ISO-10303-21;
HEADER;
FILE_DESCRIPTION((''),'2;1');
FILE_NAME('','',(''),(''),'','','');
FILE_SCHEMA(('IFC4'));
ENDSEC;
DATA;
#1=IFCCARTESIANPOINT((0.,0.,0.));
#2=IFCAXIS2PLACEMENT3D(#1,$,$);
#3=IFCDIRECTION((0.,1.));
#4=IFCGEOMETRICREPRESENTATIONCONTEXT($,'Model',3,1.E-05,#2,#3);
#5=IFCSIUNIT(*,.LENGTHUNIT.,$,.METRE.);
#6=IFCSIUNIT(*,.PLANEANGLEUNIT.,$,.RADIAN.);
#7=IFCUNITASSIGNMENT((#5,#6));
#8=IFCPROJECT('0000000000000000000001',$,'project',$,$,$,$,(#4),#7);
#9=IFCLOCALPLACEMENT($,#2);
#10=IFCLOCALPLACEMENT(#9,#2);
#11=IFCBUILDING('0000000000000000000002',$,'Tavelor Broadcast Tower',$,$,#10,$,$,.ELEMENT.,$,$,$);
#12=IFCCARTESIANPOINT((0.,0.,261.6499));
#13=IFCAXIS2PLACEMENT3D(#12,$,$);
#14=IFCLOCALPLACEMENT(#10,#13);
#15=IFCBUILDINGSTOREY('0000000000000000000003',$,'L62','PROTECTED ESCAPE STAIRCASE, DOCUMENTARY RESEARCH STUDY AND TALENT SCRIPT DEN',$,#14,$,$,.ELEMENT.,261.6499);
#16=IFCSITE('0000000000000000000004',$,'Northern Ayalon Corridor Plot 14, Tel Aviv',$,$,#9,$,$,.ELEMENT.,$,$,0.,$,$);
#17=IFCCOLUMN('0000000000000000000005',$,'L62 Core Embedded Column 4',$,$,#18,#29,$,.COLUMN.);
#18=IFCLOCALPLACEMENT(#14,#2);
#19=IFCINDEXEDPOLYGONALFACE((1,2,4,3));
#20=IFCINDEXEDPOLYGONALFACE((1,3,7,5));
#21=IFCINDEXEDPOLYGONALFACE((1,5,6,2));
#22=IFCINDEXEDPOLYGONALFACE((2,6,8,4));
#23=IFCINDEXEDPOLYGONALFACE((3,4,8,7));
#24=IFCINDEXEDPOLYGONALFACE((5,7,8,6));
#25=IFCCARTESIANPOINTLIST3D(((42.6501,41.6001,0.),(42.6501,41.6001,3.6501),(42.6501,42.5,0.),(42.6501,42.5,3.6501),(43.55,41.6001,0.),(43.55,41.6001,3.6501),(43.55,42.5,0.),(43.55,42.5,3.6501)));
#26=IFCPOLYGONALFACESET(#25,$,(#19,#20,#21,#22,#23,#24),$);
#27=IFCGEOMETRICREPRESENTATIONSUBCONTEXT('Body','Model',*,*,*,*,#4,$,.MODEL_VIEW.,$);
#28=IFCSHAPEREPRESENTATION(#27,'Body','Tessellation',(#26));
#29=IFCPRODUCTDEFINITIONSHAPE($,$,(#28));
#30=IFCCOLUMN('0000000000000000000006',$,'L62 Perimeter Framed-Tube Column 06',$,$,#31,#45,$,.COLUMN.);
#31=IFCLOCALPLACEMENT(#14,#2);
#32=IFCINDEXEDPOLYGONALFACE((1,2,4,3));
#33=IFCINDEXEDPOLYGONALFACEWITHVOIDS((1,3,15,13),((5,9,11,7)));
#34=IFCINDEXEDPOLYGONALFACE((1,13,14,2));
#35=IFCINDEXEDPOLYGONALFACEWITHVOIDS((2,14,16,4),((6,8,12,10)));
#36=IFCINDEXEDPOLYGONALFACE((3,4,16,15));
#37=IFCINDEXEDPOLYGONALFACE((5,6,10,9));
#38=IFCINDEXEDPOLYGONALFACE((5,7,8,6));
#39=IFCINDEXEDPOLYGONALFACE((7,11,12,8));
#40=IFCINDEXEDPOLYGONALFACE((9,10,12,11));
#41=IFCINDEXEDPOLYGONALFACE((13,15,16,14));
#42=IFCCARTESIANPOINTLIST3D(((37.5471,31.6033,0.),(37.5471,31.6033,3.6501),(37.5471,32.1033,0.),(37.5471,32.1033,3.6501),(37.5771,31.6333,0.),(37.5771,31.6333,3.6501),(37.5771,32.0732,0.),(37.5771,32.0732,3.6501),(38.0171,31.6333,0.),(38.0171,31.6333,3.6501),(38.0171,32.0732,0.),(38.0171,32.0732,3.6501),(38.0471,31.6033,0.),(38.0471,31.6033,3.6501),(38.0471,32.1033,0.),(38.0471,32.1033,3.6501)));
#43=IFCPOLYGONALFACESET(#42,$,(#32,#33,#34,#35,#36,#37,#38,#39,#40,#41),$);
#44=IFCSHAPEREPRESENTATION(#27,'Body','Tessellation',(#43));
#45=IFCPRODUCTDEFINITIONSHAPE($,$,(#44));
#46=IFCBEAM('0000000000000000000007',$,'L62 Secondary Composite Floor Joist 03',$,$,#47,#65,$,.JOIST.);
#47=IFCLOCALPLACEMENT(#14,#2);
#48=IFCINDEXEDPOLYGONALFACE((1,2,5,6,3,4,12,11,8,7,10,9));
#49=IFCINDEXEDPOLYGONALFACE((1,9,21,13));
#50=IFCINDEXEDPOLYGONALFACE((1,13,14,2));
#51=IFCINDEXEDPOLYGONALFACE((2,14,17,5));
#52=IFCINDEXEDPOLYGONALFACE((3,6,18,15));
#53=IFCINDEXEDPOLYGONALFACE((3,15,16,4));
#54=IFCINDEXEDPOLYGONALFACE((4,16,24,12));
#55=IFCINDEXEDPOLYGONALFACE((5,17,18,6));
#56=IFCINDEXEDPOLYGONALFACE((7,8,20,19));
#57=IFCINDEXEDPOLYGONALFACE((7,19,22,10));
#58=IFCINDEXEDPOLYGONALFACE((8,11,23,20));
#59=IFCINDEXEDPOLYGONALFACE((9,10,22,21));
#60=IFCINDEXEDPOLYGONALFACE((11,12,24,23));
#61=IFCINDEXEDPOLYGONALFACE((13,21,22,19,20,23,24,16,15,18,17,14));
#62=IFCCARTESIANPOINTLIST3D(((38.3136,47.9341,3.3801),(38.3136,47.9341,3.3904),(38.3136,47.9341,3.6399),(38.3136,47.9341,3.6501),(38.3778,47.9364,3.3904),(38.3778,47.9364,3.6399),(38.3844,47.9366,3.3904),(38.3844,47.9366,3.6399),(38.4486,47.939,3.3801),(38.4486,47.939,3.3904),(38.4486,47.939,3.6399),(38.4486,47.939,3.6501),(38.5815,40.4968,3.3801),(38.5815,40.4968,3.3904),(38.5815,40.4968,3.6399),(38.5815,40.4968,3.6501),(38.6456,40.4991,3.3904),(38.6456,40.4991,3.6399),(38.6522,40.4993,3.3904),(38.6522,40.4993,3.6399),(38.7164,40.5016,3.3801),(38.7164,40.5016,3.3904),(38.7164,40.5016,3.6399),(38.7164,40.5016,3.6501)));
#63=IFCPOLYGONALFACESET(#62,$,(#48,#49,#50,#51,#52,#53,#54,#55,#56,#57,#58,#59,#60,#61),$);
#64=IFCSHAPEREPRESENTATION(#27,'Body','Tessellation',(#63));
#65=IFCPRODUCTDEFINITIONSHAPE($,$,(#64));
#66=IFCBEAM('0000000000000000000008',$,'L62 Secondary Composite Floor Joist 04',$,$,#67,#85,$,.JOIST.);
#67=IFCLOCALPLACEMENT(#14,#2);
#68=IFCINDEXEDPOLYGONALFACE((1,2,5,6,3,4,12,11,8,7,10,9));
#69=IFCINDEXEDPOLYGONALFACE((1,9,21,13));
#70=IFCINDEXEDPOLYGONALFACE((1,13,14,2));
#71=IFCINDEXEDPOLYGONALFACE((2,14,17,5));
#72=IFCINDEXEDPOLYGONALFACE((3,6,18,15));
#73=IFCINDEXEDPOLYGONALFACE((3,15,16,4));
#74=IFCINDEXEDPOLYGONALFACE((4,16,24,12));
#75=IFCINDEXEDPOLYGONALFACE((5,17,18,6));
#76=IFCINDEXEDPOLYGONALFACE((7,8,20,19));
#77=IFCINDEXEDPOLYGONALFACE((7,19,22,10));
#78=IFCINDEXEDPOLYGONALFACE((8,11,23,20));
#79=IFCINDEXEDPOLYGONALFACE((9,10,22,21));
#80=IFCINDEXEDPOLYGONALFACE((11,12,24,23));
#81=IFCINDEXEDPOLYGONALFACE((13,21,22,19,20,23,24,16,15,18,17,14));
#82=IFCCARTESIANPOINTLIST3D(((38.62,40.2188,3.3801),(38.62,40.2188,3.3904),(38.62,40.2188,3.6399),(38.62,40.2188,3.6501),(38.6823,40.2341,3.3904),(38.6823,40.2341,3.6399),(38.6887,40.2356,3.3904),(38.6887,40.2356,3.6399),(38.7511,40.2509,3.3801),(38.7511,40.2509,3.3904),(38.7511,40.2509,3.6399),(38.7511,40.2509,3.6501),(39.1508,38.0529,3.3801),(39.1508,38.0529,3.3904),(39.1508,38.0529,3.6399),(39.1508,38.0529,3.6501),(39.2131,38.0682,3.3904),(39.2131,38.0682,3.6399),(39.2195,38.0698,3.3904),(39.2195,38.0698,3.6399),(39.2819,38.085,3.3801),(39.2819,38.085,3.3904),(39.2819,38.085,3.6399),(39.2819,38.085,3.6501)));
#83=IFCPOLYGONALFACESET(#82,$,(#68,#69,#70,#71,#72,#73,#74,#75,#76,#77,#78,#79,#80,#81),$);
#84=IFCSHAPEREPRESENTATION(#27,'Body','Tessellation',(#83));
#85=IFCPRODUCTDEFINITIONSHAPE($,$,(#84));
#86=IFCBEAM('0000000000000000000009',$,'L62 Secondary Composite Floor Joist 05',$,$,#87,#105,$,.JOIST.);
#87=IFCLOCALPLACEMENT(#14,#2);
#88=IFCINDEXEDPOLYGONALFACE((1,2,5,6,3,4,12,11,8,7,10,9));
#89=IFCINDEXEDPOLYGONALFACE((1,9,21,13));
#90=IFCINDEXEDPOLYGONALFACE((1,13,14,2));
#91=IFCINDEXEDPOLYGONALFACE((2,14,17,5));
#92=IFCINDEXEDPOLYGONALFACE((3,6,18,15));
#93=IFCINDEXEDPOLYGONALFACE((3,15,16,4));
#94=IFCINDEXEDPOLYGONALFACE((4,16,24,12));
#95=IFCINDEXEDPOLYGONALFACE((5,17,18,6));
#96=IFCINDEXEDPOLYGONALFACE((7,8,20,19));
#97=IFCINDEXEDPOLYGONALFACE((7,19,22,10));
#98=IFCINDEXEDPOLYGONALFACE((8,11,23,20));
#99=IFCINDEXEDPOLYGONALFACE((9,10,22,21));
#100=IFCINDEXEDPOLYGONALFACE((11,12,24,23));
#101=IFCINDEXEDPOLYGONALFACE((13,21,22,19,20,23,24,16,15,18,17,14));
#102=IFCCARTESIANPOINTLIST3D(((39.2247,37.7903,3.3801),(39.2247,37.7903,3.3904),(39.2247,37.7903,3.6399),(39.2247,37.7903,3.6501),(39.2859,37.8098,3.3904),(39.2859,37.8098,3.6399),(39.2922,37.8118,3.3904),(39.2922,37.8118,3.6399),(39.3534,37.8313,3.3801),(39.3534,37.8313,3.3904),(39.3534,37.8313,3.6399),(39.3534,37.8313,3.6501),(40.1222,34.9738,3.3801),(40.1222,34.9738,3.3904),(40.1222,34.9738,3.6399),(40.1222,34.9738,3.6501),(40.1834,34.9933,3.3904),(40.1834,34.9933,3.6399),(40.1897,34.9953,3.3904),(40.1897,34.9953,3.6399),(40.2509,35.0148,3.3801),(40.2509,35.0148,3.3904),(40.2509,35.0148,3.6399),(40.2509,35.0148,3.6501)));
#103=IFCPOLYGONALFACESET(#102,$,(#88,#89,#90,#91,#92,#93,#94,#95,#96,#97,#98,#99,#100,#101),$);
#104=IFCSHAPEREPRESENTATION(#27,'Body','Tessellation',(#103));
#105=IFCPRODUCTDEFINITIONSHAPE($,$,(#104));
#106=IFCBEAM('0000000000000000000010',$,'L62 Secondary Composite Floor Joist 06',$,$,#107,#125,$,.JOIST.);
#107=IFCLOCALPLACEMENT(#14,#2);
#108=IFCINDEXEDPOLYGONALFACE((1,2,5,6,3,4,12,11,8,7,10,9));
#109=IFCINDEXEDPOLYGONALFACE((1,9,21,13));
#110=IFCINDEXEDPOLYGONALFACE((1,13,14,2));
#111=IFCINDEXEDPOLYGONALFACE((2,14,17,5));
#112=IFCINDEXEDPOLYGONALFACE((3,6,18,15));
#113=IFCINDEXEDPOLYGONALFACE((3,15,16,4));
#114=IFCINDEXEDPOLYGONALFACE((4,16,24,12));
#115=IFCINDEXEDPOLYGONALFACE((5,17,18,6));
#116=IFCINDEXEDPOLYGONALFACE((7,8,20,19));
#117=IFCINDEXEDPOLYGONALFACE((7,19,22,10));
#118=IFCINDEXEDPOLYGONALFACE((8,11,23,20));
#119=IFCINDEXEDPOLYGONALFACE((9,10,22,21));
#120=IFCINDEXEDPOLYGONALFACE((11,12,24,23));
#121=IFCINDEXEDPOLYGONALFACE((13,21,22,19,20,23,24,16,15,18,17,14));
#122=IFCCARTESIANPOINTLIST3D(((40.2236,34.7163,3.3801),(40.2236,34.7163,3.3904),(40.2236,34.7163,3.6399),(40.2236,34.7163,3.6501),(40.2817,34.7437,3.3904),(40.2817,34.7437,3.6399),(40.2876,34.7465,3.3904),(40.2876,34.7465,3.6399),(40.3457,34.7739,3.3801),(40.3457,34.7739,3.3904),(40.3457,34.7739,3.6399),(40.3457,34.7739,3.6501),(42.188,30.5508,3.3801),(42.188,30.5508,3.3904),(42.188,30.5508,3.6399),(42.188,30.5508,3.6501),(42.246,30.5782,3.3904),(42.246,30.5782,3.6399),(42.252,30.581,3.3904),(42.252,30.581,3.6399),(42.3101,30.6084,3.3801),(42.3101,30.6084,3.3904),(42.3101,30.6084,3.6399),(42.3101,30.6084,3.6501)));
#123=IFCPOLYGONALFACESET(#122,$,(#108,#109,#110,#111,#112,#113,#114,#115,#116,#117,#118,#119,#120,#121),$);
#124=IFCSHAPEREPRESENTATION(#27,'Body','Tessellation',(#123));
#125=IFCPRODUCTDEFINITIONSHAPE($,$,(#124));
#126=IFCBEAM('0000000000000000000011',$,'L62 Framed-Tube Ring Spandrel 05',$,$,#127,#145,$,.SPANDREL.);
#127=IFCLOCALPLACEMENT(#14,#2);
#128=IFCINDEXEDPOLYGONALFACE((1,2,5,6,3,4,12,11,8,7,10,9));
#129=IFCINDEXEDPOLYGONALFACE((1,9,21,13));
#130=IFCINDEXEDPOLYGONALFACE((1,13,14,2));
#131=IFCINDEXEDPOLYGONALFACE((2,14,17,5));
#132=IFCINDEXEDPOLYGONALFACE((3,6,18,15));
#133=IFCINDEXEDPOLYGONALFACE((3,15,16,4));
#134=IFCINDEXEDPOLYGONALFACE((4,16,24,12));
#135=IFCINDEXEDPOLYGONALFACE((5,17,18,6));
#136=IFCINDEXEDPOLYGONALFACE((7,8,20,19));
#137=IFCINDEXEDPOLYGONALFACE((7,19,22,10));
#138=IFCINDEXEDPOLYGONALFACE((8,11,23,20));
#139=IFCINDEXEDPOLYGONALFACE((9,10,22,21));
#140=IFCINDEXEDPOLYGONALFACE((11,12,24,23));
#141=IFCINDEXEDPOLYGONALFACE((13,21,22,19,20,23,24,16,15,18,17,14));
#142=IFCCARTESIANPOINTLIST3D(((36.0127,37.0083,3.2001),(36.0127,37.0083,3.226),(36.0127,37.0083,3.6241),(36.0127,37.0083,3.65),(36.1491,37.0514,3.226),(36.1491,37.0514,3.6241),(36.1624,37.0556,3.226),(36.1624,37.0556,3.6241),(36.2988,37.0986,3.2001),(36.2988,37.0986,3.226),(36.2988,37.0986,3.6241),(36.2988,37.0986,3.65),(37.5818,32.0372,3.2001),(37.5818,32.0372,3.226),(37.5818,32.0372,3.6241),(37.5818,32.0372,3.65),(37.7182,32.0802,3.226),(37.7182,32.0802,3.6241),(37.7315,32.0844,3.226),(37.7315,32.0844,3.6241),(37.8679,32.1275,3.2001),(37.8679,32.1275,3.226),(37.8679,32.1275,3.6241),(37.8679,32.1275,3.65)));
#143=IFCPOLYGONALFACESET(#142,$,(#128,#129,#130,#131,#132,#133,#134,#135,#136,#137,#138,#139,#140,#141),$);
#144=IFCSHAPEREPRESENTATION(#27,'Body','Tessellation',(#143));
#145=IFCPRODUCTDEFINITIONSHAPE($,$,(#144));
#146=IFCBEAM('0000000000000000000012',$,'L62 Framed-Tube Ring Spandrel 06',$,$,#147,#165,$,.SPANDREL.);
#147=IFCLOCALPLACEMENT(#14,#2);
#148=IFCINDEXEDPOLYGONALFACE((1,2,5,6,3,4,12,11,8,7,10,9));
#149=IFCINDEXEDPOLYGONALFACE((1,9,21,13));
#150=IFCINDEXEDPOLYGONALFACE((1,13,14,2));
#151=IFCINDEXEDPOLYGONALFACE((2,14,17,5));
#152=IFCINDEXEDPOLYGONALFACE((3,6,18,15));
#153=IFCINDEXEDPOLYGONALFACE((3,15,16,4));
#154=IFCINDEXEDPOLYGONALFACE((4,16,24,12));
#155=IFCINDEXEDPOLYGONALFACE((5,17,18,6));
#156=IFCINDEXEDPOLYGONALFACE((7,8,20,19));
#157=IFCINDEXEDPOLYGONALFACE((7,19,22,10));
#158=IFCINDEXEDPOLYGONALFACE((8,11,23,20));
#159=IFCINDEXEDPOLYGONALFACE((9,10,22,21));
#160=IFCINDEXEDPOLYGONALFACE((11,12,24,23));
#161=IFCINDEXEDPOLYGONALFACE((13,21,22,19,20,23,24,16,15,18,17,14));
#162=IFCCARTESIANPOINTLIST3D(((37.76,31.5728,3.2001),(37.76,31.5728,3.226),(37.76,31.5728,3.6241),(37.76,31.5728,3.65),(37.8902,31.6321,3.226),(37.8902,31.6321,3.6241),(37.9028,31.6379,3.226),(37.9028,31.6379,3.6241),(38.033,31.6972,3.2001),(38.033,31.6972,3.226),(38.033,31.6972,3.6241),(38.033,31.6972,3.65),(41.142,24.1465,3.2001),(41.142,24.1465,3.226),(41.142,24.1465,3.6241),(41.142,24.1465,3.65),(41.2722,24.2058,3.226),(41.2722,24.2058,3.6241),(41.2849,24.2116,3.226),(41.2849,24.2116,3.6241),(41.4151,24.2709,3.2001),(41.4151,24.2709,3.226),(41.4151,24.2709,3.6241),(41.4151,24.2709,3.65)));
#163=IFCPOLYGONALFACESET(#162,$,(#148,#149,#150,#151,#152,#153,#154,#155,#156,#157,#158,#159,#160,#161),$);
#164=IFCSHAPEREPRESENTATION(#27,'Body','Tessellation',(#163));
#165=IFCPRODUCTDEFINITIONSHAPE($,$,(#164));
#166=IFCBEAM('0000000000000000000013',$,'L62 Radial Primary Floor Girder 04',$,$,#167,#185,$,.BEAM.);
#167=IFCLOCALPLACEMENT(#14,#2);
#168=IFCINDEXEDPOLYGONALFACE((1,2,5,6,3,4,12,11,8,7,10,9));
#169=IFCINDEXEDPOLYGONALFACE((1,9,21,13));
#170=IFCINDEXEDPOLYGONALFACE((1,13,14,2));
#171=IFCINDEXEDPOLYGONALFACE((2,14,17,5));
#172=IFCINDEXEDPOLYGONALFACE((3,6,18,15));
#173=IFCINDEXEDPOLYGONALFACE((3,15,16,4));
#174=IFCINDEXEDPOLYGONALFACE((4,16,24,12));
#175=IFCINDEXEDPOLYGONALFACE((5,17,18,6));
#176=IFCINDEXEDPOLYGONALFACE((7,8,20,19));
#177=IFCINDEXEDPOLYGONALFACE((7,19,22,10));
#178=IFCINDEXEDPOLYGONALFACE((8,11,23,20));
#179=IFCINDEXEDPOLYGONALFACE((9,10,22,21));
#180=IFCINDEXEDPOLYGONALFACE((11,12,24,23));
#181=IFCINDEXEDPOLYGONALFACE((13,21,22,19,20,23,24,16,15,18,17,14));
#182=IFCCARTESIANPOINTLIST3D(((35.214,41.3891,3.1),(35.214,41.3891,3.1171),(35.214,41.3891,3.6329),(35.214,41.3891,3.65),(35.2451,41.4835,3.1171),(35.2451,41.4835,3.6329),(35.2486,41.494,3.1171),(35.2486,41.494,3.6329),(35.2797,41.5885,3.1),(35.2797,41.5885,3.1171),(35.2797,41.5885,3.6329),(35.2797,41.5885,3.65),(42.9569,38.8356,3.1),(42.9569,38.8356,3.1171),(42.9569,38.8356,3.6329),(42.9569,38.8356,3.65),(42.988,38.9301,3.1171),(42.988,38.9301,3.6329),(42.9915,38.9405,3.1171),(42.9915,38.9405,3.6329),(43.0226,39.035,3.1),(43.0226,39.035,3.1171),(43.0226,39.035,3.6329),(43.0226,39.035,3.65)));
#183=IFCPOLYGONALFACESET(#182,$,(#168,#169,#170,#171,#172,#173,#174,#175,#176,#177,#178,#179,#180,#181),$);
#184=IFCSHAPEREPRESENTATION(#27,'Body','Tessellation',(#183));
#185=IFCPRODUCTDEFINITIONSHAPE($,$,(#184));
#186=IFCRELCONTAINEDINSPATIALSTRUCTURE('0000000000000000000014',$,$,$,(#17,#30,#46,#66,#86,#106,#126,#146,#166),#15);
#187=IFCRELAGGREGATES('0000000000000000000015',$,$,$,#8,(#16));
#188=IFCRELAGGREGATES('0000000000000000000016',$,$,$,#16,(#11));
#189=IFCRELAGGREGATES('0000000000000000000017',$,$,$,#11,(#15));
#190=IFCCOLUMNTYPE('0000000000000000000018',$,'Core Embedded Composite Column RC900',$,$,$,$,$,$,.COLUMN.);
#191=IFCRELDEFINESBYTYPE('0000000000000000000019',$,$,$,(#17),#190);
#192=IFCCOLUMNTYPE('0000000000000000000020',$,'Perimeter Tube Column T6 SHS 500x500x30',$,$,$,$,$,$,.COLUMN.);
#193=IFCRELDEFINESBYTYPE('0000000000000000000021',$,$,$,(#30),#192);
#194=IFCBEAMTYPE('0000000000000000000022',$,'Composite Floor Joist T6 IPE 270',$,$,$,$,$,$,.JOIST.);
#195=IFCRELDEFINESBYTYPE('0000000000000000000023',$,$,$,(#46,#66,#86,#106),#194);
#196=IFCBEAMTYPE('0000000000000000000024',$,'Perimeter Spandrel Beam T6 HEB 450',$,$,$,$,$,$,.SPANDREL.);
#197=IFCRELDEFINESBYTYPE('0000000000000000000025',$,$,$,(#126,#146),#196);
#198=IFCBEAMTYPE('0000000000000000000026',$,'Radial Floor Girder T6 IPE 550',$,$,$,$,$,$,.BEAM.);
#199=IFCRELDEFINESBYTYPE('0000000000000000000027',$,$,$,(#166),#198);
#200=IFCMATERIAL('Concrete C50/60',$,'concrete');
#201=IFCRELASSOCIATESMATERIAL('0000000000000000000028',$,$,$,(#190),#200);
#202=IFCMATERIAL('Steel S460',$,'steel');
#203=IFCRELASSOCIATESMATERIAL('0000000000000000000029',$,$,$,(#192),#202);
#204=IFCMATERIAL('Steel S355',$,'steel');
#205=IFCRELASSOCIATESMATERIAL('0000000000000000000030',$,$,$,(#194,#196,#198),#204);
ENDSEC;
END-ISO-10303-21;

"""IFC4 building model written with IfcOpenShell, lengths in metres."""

from ifc_helpers import new_model, si_unit, direction, frame, origin, origin_2d, place, context, subcontext, project, spatial, rectangle, hollow_rectangle, i_section, extrude, material, material_profile, profile_set, type_object, element, save


model = new_model("IFC4")

# Units and contexts
model_context = context("Model", 3, precision=1e-05, world=origin(), true_north=direction((0.0, 1.0)))
body_context = subcontext(model_context, "Body", "Model", "MODEL_VIEW")
ifc_project = project(units=[si_unit("LENGTHUNIT", "METRE"), si_unit("PLANEANGLEUNIT", "RADIAN")], contexts=[model_context])

# Site, building, storey
site_placement = place(None, origin())
site = spatial("IfcSite", under=ifc_project, at=site_placement, Name="Northern Ayalon Corridor Plot 14, Tel Aviv", CompositionType="ELEMENT", RefElevation=0.0)
building_placement = place(site_placement, origin())
building = spatial("IfcBuilding", under=site, at=building_placement, Name="Tavelor Broadcast Tower", CompositionType="ELEMENT")
storey_placement = place(building_placement, frame((0.0, 0.0, 261.6499)))
storey = spatial("IfcBuildingStorey", under=building, at=storey_placement, Name="L62", Description="PROTECTED ESCAPE STAIRCASE, DOCUMENTARY RESEARCH STUDY AND TALENT SCRIPT DEN", CompositionType="ELEMENT", Elevation=261.6499)

# Columns
ifc_material_1 = material(Name="Concrete C50/60", Category="concrete")
ifc_material_profile_1 = material_profile(ifc_material_1, rectangle(XDim=0.8999, YDim=0.8999, at=origin_2d()), Name="RC 900x900")
ifc_profile_set_1 = profile_set([ifc_material_profile_1], Name="Concrete C50/60")
column_type_1 = type_object("IfcColumnType", Name="Core Embedded Composite Column RC900", PredefinedType="COLUMN", material=ifc_profile_set_1)
column_1_placement = place(storey_placement, frame((43.1001, 42.05, 0.0), z_axis=(0.0, 0.0, 1.0), x_axis=(1.0, 0.0, 0.0)))
element("IfcColumn", 1, at=column_1_placement, inside=storey, type_object=column_type_1, Name="L62 Core Embedded Column 4", PredefinedType="COLUMN", context=body_context, shape_type="SweptSolid", body=[
    extrude(rectangle(XDim=0.8999, YDim=0.8999, at=origin_2d()), origin(), (0.0, 0.0, 1.0), 3.6501),
])
ifc_material_2 = material(Name="Steel S460", Category="steel")
ifc_material_profile_2 = material_profile(ifc_material_2, hollow_rectangle(XDim=0.5, YDim=0.5, WallThickness=0.03, at=origin_2d()), Name="SHS 500x500x30")
ifc_profile_set_2 = profile_set([ifc_material_profile_2], Name="Steel S460")
column_type_2 = type_object("IfcColumnType", Name="Perimeter Tube Column T6 SHS 500x500x30", PredefinedType="COLUMN", material=ifc_profile_set_2)
column_2_placement = place(storey_placement, frame((37.7971, 31.8533, 0.0), z_axis=(0.0, 0.0, 1.0), x_axis=(1.0, 0.0, 0.0)))
element("IfcColumn", 2, at=column_2_placement, inside=storey, type_object=column_type_2, Name="L62 Perimeter Framed-Tube Column 06", PredefinedType="COLUMN", context=body_context, shape_type="SweptSolid", body=[
    extrude(hollow_rectangle(XDim=0.5, YDim=0.5, WallThickness=0.03, at=origin_2d()), origin(), (0.0, 0.0, 1.0), 3.6501),
])

# Beams
ifc_material_3 = material(Name="Steel S355", Category="steel")
ifc_material_profile_3 = material_profile(ifc_material_3, i_section(OverallWidth=0.135, OverallDepth=0.27, WebThickness=0.0066, FlangeThickness=0.0103, at=origin_2d()), Name="IPE 270")
ifc_profile_set_3 = profile_set([ifc_material_profile_3], Name="Steel S355")
beam_type_1 = type_object("IfcBeamType", Name="Composite Floor Joist T6 IPE 270", PredefinedType="JOIST", material=ifc_profile_set_3)
beam_1_placement = place(storey_placement, frame((38.3811, 47.9365, 3.5151), z_axis=(0.035988, -0.999352, 0.0), x_axis=(0.999352, 0.035988, 0.0)))
element("IfcBeam", 3, at=beam_1_placement, inside=storey, type_object=beam_type_1, Name="L62 Secondary Composite Floor Joist 03", PredefinedType="JOIST", context=body_context, shape_type="SweptSolid", body=[
    extrude(i_section(OverallWidth=0.135, OverallDepth=0.27, WebThickness=0.0066, FlangeThickness=0.0103, at=origin_2d()), origin(), (0.0, 0.0, 1.0), 7.4421),
])
beam_2_placement = place(storey_placement, frame((38.6855, 40.2349, 3.5151), z_axis=(0.238025, -0.971259, 0.0), x_axis=(0.971259, 0.238025, 0.0)))
element("IfcBeam", 4, at=beam_2_placement, inside=storey, type_object=beam_type_1, Name="L62 Secondary Composite Floor Joist 04", PredefinedType="JOIST", context=body_context, shape_type="SweptSolid", body=[
    extrude(i_section(OverallWidth=0.135, OverallDepth=0.27, WebThickness=0.0066, FlangeThickness=0.0103, at=origin_2d()), origin(), (0.0, 0.0, 1.0), 2.23),
])
beam_3_placement = place(storey_placement, frame((39.2891, 37.8108, 3.5151), z_axis=(0.303613, -0.952796, 0.0), x_axis=(0.952796, 0.303613, 0.0)))
element("IfcBeam", 5, at=beam_3_placement, inside=storey, type_object=beam_type_1, Name="L62 Secondary Composite Floor Joist 05", PredefinedType="JOIST", context=body_context, shape_type="SweptSolid", body=[
    extrude(i_section(OverallWidth=0.135, OverallDepth=0.27, WebThickness=0.0066, FlangeThickness=0.0103, at=origin_2d()), origin(), (0.0, 0.0, 1.0), 2.9561),
])
beam_4_placement = place(storey_placement, frame((40.2847, 34.7451, 3.5151), z_axis=(0.426527, -0.904475, 0.0), x_axis=(0.904475, 0.426527, 0.0)))
element("IfcBeam", 6, at=beam_4_placement, inside=storey, type_object=beam_type_1, Name="L62 Secondary Composite Floor Joist 06", PredefinedType="JOIST", context=body_context, shape_type="SweptSolid", body=[
    extrude(i_section(OverallWidth=0.135, OverallDepth=0.27, WebThickness=0.0066, FlangeThickness=0.0103, at=origin_2d()), origin(), (0.0, 0.0, 1.0), 4.6055),
])
ifc_material_profile_4 = material_profile(ifc_material_3, i_section(OverallWidth=0.3, OverallDepth=0.45, WebThickness=0.0139, FlangeThickness=0.0259, at=origin_2d()), Name="HEB 450")
ifc_profile_set_4 = profile_set([ifc_material_profile_4], Name="Steel S355")
beam_type_2 = type_object("IfcBeamType", Name="Perimeter Spandrel Beam T6 HEB 450", PredefinedType="SPANDREL", material=ifc_profile_set_4)
beam_5_placement = place(storey_placement, frame((36.1558, 37.0535, 3.425), z_axis=(0.300999, -0.953624, 0.0), x_axis=(0.953624, 0.300999, 0.0)))
element("IfcBeam", 7, at=beam_5_placement, inside=storey, type_object=beam_type_2, Name="L62 Framed-Tube Ring Spandrel 05", PredefinedType="SPANDREL", context=body_context, shape_type="SweptSolid", body=[
    extrude(i_section(OverallWidth=0.3, OverallDepth=0.45, WebThickness=0.0139, FlangeThickness=0.0259, at=origin_2d()), origin(), (0.0, 0.0, 1.0), 5.2129),
])
beam_6_placement = place(storey_placement, frame((37.8965, 31.635, 3.425), z_axis=(0.414463, -0.910066, 0.0), x_axis=(0.910066, 0.414463, 0.0)))
element("IfcBeam", 8, at=beam_6_placement, inside=storey, type_object=beam_type_2, Name="L62 Framed-Tube Ring Spandrel 06", PredefinedType="SPANDREL", context=body_context, shape_type="SweptSolid", body=[
    extrude(i_section(OverallWidth=0.3, OverallDepth=0.45, WebThickness=0.0139, FlangeThickness=0.0259, at=origin_2d()), origin(), (0.0, 0.0, 1.0), 8.1602),
])
ifc_material_profile_5 = material_profile(ifc_material_3, i_section(OverallWidth=0.21, OverallDepth=0.55, WebThickness=0.011, FlangeThickness=0.0171, at=origin_2d()), Name="IPE 550")
ifc_profile_set_5 = profile_set([ifc_material_profile_5], Name="Steel S355")
beam_type_3 = type_object("IfcBeamType", Name="Radial Floor Girder T6 IPE 550", PredefinedType="BEAM", material=ifc_profile_set_5)
beam_7_placement = place(storey_placement, frame((42.9897, 38.9353, 3.375), z_axis=(-0.949691, 0.31319, 0.0), x_axis=(-0.31319, -0.949691, 0.0)))
element("IfcBeam", 9, at=beam_7_placement, inside=storey, type_object=beam_type_3, Name="L62 Radial Primary Floor Girder 04", PredefinedType="BEAM", context=body_context, shape_type="SweptSolid", body=[
    extrude(i_section(OverallWidth=0.21, OverallDepth=0.55, WebThickness=0.011, FlangeThickness=0.0171, at=origin_2d()), origin(), (0.0, 0.0, 1.0), 8.1531),
])

save(model, "model.ifc")
